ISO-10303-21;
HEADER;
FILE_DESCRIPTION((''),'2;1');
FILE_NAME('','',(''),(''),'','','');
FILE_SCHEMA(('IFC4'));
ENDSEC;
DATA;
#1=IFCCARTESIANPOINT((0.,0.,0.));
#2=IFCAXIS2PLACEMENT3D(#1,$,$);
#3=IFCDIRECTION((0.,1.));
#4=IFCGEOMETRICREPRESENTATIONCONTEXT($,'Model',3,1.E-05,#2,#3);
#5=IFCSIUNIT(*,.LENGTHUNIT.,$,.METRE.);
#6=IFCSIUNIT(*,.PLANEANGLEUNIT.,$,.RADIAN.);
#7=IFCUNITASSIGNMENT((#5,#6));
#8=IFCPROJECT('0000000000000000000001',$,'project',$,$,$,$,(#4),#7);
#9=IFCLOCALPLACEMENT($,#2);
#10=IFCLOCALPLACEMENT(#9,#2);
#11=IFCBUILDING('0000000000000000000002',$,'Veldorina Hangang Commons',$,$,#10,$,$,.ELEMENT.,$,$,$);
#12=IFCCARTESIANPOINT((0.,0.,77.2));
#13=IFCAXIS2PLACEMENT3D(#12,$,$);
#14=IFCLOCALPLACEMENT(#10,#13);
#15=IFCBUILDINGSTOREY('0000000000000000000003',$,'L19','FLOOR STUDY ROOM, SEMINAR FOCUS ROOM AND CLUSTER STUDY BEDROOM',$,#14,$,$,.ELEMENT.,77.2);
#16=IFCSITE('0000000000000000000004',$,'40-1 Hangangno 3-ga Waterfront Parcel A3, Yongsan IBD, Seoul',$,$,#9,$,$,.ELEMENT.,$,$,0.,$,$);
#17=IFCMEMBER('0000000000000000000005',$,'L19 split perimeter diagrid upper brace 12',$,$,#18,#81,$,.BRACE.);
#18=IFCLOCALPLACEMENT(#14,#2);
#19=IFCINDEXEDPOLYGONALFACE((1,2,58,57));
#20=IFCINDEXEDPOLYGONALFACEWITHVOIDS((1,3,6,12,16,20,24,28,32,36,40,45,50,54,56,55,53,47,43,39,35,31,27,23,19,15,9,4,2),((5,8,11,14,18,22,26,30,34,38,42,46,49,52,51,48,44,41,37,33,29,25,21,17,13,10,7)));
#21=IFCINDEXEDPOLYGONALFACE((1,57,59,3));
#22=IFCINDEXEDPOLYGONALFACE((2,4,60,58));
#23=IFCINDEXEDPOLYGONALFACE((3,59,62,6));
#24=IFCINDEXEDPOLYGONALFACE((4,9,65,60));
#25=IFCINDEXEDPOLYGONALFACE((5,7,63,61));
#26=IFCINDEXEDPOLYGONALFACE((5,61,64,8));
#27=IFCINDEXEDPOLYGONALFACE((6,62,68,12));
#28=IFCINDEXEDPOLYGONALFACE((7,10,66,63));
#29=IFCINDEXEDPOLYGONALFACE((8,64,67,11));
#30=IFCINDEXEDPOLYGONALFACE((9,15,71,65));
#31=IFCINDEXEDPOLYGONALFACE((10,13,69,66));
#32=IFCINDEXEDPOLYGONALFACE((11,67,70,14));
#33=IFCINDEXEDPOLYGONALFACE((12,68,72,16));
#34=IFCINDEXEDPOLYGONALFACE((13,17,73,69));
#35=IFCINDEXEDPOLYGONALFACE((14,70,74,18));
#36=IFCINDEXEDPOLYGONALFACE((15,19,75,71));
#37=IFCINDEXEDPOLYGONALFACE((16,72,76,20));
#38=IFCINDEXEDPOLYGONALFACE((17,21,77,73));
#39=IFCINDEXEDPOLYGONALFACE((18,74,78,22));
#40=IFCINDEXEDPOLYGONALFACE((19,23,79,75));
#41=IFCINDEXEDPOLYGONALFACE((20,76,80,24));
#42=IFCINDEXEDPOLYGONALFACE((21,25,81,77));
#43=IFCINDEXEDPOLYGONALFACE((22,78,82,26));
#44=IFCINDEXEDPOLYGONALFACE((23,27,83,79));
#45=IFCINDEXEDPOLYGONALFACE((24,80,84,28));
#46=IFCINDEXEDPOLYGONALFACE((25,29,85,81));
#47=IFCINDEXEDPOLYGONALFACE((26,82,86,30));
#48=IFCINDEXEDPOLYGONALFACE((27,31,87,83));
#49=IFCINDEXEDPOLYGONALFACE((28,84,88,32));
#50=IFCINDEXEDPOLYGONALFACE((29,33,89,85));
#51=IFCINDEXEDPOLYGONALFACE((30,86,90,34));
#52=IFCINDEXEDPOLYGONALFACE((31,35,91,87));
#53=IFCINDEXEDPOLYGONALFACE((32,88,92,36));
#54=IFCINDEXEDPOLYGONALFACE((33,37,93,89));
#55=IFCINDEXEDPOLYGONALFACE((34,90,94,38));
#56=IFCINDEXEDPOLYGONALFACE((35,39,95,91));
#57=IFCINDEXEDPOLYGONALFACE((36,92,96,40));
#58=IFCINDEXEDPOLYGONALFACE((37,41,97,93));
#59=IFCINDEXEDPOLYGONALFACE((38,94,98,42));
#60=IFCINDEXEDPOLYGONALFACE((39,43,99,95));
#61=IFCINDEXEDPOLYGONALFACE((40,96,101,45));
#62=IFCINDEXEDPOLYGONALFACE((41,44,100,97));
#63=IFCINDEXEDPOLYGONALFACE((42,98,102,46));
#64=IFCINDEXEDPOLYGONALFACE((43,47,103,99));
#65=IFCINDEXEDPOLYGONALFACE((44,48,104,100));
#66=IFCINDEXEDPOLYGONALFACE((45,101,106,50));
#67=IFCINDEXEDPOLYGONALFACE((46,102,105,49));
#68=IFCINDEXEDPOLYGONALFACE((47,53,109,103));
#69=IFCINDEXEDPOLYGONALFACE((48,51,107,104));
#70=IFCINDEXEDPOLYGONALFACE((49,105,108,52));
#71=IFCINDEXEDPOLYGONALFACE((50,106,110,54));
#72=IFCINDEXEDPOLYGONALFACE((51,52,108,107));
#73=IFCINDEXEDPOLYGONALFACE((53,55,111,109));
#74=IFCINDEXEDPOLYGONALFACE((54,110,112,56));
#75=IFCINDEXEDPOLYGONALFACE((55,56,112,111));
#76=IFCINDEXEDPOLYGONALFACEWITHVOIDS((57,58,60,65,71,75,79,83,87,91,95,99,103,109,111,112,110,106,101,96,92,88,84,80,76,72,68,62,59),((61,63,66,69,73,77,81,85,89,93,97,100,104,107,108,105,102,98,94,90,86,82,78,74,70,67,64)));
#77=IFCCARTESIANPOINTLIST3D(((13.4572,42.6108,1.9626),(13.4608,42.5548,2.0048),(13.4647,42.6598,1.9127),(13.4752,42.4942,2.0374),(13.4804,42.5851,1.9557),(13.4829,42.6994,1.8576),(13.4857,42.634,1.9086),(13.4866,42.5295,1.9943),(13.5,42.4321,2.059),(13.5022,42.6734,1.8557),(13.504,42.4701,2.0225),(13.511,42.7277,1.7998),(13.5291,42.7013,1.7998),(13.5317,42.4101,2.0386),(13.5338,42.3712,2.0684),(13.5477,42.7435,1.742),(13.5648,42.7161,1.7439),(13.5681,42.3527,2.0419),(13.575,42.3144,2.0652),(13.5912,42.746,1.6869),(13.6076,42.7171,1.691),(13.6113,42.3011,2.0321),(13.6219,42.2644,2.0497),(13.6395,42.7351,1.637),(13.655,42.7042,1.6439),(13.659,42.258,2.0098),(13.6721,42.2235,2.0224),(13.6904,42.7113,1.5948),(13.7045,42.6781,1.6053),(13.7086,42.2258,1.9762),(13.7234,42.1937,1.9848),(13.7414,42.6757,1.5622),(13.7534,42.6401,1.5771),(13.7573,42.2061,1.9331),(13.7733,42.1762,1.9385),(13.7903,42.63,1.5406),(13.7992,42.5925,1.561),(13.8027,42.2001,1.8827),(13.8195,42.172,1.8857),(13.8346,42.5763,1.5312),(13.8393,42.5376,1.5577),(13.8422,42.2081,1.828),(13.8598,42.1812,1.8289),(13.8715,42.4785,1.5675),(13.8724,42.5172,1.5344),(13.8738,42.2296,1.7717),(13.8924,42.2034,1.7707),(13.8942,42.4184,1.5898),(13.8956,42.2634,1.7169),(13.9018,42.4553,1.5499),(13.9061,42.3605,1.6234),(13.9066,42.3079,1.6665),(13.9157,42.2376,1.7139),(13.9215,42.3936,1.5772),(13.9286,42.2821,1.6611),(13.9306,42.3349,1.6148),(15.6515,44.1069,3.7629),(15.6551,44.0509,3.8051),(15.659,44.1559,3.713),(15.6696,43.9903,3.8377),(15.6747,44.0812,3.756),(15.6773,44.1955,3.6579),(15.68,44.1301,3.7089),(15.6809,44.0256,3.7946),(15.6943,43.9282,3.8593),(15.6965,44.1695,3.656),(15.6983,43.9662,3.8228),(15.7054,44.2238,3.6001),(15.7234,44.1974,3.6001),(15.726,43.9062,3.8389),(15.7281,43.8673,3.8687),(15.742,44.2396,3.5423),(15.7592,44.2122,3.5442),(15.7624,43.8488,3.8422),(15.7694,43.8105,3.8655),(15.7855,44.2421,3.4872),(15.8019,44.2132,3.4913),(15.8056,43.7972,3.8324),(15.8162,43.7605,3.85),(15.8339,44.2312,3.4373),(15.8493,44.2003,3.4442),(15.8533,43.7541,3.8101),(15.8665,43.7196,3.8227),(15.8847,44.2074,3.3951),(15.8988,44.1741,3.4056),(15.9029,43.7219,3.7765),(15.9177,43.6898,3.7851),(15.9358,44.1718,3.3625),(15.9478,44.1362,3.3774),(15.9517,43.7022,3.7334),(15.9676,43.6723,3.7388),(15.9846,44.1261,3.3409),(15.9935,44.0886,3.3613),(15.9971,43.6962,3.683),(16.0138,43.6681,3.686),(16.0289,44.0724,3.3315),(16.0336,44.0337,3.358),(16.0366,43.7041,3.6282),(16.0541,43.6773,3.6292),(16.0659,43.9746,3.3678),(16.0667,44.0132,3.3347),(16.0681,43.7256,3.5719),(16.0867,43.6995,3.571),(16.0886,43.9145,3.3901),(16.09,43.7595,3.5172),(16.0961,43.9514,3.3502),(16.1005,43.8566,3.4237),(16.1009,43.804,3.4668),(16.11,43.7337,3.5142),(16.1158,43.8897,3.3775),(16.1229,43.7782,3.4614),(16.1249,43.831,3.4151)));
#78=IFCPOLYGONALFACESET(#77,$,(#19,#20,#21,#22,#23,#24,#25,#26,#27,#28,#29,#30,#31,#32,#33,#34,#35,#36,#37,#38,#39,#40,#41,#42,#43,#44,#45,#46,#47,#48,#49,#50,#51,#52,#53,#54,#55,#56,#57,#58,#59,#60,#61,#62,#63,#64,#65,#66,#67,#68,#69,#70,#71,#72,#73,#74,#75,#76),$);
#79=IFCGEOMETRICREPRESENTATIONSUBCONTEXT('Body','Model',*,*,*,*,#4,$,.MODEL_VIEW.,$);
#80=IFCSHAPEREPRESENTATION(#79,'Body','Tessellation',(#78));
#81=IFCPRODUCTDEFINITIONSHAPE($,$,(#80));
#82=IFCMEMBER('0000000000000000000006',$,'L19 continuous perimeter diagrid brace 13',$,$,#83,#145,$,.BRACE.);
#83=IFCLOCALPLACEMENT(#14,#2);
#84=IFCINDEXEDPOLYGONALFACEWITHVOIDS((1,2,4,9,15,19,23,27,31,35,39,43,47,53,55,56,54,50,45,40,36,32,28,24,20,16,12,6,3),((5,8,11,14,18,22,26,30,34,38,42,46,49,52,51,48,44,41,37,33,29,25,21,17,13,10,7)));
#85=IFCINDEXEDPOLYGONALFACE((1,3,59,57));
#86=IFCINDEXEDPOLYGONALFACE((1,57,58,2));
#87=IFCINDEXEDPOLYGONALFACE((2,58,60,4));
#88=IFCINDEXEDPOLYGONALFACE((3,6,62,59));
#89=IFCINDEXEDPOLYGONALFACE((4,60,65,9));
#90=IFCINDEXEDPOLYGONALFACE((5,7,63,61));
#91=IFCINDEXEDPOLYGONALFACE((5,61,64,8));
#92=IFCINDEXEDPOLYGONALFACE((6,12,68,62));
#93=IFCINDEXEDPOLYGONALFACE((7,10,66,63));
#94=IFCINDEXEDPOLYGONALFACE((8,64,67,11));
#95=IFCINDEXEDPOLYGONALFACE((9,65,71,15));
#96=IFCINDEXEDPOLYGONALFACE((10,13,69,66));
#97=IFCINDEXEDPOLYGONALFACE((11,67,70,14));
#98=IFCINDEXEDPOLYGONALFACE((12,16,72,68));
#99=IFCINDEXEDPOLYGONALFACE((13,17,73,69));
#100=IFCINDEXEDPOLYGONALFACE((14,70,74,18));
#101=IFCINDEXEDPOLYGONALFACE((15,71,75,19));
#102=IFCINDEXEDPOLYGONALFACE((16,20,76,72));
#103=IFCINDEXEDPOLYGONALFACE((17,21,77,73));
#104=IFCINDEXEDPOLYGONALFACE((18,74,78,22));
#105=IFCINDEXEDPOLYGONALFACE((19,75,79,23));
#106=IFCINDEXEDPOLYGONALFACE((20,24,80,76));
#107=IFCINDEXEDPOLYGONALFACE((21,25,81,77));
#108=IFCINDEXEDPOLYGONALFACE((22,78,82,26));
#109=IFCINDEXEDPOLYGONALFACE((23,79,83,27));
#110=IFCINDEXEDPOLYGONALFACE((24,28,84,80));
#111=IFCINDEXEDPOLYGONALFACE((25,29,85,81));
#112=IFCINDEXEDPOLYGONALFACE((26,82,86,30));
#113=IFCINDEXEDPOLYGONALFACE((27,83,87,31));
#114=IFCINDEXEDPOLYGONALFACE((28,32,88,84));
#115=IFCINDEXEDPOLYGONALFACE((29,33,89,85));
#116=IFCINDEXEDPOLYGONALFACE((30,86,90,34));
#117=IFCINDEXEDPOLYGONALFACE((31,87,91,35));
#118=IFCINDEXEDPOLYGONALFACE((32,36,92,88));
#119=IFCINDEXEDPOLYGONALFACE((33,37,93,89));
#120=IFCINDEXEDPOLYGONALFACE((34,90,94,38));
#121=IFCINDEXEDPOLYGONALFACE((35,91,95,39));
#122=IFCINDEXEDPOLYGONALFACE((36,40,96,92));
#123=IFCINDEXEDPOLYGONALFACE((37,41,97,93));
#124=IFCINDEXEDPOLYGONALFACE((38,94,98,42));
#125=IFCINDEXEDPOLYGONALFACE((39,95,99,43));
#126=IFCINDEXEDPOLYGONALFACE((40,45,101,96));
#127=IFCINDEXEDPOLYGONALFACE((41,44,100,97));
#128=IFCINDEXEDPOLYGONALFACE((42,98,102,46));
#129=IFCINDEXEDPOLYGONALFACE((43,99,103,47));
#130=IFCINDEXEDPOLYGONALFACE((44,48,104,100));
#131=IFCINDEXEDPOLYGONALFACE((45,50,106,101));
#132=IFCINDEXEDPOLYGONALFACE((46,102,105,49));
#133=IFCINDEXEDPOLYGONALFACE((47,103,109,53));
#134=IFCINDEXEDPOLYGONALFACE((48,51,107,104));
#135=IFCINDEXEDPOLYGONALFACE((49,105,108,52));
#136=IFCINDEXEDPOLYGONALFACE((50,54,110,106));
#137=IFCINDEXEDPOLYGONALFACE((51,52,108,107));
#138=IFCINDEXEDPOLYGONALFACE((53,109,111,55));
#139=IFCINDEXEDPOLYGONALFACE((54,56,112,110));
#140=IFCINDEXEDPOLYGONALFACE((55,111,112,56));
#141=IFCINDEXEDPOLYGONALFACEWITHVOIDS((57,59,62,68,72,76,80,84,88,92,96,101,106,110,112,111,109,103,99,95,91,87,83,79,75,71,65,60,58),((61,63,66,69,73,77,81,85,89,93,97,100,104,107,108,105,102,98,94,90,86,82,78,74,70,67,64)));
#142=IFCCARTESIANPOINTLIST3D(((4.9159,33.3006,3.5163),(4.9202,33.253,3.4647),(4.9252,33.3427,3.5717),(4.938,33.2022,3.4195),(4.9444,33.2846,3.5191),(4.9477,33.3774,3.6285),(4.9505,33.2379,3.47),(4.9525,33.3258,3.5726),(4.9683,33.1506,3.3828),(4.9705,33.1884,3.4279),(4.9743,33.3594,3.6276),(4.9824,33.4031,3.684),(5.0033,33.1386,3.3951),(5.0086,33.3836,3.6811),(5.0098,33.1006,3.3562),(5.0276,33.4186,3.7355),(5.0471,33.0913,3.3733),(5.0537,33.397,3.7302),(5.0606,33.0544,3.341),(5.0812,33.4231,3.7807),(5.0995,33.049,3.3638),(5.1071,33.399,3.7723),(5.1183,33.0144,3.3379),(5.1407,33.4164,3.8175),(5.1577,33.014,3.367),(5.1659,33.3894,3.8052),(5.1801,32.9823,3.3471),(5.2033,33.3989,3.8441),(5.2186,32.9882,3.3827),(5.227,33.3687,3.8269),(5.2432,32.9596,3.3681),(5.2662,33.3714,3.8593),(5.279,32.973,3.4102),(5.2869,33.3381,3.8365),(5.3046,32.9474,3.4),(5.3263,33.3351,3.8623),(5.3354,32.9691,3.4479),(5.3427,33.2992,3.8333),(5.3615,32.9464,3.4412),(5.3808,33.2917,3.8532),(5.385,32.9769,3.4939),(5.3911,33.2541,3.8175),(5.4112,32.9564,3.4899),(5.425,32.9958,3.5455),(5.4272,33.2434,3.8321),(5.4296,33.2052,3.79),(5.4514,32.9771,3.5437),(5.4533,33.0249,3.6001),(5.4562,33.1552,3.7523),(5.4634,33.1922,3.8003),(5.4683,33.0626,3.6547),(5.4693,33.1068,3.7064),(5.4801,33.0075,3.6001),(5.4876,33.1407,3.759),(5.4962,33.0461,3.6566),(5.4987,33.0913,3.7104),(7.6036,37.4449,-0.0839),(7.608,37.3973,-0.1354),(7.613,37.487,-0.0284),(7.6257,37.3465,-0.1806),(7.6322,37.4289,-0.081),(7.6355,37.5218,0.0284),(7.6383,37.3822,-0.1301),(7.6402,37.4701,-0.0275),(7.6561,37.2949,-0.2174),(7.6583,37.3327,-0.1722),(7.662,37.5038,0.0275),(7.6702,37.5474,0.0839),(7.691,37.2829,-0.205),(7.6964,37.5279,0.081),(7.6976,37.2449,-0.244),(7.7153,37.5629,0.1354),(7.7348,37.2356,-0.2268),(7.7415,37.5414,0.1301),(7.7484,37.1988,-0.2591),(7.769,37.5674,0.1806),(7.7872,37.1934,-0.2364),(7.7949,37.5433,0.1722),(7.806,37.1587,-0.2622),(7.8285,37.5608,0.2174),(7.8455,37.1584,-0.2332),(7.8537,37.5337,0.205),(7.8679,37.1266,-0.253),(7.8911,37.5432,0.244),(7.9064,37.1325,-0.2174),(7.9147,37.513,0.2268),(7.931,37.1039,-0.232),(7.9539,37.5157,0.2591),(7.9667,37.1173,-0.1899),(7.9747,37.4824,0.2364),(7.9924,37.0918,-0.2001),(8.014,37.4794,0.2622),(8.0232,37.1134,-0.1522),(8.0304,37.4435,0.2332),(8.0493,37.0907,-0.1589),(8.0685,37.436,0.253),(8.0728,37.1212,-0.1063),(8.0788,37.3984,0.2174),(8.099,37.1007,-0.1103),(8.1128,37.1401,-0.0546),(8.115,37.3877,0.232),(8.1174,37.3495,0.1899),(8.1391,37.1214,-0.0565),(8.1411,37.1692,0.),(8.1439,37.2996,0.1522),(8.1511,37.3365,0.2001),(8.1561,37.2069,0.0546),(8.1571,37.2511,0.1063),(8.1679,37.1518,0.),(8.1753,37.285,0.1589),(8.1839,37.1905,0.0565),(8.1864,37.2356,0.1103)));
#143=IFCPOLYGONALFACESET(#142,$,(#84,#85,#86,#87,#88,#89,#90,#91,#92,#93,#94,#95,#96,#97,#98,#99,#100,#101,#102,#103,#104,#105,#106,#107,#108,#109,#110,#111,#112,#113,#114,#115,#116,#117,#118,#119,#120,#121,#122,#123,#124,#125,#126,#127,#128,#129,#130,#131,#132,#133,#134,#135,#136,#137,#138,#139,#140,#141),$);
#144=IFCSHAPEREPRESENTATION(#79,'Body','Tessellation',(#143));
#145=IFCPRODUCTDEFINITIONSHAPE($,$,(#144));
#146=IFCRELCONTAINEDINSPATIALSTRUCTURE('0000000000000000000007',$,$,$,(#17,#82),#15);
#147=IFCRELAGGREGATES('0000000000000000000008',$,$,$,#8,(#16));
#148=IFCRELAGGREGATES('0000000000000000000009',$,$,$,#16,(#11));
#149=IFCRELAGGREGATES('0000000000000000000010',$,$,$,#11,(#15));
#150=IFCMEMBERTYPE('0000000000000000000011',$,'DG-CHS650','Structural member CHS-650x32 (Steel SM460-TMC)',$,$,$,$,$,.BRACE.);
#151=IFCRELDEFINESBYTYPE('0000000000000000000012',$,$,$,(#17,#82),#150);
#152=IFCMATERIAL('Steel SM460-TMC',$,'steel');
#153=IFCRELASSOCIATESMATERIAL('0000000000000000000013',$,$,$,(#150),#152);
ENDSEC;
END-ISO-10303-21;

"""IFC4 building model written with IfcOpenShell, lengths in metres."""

from ifc_helpers import new_model, si_unit, direction, frame, origin, origin_2d, place, context, subcontext, project, spatial, hollow_circle, extrude, material, material_profile, profile_set, type_object, element, save


model = new_model("IFC4")

# Units and contexts
model_context = context("Model", 3, precision=1e-05, world=origin(), true_north=direction((0.0, 1.0)))
body_context = subcontext(model_context, "Body", "Model", "MODEL_VIEW")
ifc_project = project(units=[si_unit("LENGTHUNIT", "METRE"), si_unit("PLANEANGLEUNIT", "RADIAN")], contexts=[model_context])

# Site, building, storey
site_placement = place(None, origin())
site = spatial("IfcSite", under=ifc_project, at=site_placement, Name="40-1 Hangangno 3-ga Waterfront Parcel A3, Yongsan IBD, Seoul", CompositionType="ELEMENT", RefElevation=0.0)
building_placement = place(site_placement, origin())
building = spatial("IfcBuilding", under=site, at=building_placement, Name="Veldorina Hangang Commons", CompositionType="ELEMENT")
storey_placement = place(building_placement, frame((0.0, 0.0, 77.2)))
storey = spatial("IfcBuildingStorey", under=building, at=storey_placement, Name="L19", Description="FLOOR STUDY ROOM, SEMINAR FOCUS ROOM AND CLUSTER STUDY BEDROOM", CompositionType="ELEMENT", Elevation=77.2)

# Members
ifc_material_1 = material(Name="Steel SM460-TMC", Category="steel")
ifc_material_profile_1 = material_profile(ifc_material_1, hollow_circle(Radius=0.325, WallThickness=0.032, at=origin_2d()), Name="CHS-650x32")
ifc_profile_set_1 = profile_set([ifc_material_profile_1], Name="Steel SM460-TMC")
member_type = type_object("IfcMemberType", Name="DG-CHS650", Description="Structural member CHS-650x32 (Steel SM460-TMC)", PredefinedType="BRACE", material=ifc_profile_set_1)
member_1_placement = place(storey_placement, frame((13.6941, 42.4592, 1.7998), z_axis=(0.683914, 0.466291, 0.561101), x_axis=(-0.563325, 0.826235, 0.0)))
element("IfcMember", 1, at=member_1_placement, inside=storey, type_object=member_type, Name="L19 split perimeter diagrid upper brace 12", PredefinedType="BRACE", context=body_context, shape_type="SweptSolid", body=[
    extrude(hollow_circle(Radius=0.325, WallThickness=0.032, at=origin_2d()), origin(), (0.0, 0.0, 1.0), 3.2085),
])
member_2_placement = place(storey_placement, frame((7.8953, 37.3286, 0.0), z_axis=(-0.43973, -0.678028, 0.588996), x_axis=(0.839002, -0.544128, 0.0)))
element("IfcMember", 2, at=member_2_placement, inside=storey, type_object=member_type, Name="L19 continuous perimeter diagrid brace 13", PredefinedType="BRACE", context=body_context, shape_type="SweptSolid", body=[
    extrude(hollow_circle(Radius=0.325, WallThickness=0.032, at=origin_2d()), origin(), (0.0, 0.0, 1.0), 6.1123),
])

save(model, "model.ifc")
